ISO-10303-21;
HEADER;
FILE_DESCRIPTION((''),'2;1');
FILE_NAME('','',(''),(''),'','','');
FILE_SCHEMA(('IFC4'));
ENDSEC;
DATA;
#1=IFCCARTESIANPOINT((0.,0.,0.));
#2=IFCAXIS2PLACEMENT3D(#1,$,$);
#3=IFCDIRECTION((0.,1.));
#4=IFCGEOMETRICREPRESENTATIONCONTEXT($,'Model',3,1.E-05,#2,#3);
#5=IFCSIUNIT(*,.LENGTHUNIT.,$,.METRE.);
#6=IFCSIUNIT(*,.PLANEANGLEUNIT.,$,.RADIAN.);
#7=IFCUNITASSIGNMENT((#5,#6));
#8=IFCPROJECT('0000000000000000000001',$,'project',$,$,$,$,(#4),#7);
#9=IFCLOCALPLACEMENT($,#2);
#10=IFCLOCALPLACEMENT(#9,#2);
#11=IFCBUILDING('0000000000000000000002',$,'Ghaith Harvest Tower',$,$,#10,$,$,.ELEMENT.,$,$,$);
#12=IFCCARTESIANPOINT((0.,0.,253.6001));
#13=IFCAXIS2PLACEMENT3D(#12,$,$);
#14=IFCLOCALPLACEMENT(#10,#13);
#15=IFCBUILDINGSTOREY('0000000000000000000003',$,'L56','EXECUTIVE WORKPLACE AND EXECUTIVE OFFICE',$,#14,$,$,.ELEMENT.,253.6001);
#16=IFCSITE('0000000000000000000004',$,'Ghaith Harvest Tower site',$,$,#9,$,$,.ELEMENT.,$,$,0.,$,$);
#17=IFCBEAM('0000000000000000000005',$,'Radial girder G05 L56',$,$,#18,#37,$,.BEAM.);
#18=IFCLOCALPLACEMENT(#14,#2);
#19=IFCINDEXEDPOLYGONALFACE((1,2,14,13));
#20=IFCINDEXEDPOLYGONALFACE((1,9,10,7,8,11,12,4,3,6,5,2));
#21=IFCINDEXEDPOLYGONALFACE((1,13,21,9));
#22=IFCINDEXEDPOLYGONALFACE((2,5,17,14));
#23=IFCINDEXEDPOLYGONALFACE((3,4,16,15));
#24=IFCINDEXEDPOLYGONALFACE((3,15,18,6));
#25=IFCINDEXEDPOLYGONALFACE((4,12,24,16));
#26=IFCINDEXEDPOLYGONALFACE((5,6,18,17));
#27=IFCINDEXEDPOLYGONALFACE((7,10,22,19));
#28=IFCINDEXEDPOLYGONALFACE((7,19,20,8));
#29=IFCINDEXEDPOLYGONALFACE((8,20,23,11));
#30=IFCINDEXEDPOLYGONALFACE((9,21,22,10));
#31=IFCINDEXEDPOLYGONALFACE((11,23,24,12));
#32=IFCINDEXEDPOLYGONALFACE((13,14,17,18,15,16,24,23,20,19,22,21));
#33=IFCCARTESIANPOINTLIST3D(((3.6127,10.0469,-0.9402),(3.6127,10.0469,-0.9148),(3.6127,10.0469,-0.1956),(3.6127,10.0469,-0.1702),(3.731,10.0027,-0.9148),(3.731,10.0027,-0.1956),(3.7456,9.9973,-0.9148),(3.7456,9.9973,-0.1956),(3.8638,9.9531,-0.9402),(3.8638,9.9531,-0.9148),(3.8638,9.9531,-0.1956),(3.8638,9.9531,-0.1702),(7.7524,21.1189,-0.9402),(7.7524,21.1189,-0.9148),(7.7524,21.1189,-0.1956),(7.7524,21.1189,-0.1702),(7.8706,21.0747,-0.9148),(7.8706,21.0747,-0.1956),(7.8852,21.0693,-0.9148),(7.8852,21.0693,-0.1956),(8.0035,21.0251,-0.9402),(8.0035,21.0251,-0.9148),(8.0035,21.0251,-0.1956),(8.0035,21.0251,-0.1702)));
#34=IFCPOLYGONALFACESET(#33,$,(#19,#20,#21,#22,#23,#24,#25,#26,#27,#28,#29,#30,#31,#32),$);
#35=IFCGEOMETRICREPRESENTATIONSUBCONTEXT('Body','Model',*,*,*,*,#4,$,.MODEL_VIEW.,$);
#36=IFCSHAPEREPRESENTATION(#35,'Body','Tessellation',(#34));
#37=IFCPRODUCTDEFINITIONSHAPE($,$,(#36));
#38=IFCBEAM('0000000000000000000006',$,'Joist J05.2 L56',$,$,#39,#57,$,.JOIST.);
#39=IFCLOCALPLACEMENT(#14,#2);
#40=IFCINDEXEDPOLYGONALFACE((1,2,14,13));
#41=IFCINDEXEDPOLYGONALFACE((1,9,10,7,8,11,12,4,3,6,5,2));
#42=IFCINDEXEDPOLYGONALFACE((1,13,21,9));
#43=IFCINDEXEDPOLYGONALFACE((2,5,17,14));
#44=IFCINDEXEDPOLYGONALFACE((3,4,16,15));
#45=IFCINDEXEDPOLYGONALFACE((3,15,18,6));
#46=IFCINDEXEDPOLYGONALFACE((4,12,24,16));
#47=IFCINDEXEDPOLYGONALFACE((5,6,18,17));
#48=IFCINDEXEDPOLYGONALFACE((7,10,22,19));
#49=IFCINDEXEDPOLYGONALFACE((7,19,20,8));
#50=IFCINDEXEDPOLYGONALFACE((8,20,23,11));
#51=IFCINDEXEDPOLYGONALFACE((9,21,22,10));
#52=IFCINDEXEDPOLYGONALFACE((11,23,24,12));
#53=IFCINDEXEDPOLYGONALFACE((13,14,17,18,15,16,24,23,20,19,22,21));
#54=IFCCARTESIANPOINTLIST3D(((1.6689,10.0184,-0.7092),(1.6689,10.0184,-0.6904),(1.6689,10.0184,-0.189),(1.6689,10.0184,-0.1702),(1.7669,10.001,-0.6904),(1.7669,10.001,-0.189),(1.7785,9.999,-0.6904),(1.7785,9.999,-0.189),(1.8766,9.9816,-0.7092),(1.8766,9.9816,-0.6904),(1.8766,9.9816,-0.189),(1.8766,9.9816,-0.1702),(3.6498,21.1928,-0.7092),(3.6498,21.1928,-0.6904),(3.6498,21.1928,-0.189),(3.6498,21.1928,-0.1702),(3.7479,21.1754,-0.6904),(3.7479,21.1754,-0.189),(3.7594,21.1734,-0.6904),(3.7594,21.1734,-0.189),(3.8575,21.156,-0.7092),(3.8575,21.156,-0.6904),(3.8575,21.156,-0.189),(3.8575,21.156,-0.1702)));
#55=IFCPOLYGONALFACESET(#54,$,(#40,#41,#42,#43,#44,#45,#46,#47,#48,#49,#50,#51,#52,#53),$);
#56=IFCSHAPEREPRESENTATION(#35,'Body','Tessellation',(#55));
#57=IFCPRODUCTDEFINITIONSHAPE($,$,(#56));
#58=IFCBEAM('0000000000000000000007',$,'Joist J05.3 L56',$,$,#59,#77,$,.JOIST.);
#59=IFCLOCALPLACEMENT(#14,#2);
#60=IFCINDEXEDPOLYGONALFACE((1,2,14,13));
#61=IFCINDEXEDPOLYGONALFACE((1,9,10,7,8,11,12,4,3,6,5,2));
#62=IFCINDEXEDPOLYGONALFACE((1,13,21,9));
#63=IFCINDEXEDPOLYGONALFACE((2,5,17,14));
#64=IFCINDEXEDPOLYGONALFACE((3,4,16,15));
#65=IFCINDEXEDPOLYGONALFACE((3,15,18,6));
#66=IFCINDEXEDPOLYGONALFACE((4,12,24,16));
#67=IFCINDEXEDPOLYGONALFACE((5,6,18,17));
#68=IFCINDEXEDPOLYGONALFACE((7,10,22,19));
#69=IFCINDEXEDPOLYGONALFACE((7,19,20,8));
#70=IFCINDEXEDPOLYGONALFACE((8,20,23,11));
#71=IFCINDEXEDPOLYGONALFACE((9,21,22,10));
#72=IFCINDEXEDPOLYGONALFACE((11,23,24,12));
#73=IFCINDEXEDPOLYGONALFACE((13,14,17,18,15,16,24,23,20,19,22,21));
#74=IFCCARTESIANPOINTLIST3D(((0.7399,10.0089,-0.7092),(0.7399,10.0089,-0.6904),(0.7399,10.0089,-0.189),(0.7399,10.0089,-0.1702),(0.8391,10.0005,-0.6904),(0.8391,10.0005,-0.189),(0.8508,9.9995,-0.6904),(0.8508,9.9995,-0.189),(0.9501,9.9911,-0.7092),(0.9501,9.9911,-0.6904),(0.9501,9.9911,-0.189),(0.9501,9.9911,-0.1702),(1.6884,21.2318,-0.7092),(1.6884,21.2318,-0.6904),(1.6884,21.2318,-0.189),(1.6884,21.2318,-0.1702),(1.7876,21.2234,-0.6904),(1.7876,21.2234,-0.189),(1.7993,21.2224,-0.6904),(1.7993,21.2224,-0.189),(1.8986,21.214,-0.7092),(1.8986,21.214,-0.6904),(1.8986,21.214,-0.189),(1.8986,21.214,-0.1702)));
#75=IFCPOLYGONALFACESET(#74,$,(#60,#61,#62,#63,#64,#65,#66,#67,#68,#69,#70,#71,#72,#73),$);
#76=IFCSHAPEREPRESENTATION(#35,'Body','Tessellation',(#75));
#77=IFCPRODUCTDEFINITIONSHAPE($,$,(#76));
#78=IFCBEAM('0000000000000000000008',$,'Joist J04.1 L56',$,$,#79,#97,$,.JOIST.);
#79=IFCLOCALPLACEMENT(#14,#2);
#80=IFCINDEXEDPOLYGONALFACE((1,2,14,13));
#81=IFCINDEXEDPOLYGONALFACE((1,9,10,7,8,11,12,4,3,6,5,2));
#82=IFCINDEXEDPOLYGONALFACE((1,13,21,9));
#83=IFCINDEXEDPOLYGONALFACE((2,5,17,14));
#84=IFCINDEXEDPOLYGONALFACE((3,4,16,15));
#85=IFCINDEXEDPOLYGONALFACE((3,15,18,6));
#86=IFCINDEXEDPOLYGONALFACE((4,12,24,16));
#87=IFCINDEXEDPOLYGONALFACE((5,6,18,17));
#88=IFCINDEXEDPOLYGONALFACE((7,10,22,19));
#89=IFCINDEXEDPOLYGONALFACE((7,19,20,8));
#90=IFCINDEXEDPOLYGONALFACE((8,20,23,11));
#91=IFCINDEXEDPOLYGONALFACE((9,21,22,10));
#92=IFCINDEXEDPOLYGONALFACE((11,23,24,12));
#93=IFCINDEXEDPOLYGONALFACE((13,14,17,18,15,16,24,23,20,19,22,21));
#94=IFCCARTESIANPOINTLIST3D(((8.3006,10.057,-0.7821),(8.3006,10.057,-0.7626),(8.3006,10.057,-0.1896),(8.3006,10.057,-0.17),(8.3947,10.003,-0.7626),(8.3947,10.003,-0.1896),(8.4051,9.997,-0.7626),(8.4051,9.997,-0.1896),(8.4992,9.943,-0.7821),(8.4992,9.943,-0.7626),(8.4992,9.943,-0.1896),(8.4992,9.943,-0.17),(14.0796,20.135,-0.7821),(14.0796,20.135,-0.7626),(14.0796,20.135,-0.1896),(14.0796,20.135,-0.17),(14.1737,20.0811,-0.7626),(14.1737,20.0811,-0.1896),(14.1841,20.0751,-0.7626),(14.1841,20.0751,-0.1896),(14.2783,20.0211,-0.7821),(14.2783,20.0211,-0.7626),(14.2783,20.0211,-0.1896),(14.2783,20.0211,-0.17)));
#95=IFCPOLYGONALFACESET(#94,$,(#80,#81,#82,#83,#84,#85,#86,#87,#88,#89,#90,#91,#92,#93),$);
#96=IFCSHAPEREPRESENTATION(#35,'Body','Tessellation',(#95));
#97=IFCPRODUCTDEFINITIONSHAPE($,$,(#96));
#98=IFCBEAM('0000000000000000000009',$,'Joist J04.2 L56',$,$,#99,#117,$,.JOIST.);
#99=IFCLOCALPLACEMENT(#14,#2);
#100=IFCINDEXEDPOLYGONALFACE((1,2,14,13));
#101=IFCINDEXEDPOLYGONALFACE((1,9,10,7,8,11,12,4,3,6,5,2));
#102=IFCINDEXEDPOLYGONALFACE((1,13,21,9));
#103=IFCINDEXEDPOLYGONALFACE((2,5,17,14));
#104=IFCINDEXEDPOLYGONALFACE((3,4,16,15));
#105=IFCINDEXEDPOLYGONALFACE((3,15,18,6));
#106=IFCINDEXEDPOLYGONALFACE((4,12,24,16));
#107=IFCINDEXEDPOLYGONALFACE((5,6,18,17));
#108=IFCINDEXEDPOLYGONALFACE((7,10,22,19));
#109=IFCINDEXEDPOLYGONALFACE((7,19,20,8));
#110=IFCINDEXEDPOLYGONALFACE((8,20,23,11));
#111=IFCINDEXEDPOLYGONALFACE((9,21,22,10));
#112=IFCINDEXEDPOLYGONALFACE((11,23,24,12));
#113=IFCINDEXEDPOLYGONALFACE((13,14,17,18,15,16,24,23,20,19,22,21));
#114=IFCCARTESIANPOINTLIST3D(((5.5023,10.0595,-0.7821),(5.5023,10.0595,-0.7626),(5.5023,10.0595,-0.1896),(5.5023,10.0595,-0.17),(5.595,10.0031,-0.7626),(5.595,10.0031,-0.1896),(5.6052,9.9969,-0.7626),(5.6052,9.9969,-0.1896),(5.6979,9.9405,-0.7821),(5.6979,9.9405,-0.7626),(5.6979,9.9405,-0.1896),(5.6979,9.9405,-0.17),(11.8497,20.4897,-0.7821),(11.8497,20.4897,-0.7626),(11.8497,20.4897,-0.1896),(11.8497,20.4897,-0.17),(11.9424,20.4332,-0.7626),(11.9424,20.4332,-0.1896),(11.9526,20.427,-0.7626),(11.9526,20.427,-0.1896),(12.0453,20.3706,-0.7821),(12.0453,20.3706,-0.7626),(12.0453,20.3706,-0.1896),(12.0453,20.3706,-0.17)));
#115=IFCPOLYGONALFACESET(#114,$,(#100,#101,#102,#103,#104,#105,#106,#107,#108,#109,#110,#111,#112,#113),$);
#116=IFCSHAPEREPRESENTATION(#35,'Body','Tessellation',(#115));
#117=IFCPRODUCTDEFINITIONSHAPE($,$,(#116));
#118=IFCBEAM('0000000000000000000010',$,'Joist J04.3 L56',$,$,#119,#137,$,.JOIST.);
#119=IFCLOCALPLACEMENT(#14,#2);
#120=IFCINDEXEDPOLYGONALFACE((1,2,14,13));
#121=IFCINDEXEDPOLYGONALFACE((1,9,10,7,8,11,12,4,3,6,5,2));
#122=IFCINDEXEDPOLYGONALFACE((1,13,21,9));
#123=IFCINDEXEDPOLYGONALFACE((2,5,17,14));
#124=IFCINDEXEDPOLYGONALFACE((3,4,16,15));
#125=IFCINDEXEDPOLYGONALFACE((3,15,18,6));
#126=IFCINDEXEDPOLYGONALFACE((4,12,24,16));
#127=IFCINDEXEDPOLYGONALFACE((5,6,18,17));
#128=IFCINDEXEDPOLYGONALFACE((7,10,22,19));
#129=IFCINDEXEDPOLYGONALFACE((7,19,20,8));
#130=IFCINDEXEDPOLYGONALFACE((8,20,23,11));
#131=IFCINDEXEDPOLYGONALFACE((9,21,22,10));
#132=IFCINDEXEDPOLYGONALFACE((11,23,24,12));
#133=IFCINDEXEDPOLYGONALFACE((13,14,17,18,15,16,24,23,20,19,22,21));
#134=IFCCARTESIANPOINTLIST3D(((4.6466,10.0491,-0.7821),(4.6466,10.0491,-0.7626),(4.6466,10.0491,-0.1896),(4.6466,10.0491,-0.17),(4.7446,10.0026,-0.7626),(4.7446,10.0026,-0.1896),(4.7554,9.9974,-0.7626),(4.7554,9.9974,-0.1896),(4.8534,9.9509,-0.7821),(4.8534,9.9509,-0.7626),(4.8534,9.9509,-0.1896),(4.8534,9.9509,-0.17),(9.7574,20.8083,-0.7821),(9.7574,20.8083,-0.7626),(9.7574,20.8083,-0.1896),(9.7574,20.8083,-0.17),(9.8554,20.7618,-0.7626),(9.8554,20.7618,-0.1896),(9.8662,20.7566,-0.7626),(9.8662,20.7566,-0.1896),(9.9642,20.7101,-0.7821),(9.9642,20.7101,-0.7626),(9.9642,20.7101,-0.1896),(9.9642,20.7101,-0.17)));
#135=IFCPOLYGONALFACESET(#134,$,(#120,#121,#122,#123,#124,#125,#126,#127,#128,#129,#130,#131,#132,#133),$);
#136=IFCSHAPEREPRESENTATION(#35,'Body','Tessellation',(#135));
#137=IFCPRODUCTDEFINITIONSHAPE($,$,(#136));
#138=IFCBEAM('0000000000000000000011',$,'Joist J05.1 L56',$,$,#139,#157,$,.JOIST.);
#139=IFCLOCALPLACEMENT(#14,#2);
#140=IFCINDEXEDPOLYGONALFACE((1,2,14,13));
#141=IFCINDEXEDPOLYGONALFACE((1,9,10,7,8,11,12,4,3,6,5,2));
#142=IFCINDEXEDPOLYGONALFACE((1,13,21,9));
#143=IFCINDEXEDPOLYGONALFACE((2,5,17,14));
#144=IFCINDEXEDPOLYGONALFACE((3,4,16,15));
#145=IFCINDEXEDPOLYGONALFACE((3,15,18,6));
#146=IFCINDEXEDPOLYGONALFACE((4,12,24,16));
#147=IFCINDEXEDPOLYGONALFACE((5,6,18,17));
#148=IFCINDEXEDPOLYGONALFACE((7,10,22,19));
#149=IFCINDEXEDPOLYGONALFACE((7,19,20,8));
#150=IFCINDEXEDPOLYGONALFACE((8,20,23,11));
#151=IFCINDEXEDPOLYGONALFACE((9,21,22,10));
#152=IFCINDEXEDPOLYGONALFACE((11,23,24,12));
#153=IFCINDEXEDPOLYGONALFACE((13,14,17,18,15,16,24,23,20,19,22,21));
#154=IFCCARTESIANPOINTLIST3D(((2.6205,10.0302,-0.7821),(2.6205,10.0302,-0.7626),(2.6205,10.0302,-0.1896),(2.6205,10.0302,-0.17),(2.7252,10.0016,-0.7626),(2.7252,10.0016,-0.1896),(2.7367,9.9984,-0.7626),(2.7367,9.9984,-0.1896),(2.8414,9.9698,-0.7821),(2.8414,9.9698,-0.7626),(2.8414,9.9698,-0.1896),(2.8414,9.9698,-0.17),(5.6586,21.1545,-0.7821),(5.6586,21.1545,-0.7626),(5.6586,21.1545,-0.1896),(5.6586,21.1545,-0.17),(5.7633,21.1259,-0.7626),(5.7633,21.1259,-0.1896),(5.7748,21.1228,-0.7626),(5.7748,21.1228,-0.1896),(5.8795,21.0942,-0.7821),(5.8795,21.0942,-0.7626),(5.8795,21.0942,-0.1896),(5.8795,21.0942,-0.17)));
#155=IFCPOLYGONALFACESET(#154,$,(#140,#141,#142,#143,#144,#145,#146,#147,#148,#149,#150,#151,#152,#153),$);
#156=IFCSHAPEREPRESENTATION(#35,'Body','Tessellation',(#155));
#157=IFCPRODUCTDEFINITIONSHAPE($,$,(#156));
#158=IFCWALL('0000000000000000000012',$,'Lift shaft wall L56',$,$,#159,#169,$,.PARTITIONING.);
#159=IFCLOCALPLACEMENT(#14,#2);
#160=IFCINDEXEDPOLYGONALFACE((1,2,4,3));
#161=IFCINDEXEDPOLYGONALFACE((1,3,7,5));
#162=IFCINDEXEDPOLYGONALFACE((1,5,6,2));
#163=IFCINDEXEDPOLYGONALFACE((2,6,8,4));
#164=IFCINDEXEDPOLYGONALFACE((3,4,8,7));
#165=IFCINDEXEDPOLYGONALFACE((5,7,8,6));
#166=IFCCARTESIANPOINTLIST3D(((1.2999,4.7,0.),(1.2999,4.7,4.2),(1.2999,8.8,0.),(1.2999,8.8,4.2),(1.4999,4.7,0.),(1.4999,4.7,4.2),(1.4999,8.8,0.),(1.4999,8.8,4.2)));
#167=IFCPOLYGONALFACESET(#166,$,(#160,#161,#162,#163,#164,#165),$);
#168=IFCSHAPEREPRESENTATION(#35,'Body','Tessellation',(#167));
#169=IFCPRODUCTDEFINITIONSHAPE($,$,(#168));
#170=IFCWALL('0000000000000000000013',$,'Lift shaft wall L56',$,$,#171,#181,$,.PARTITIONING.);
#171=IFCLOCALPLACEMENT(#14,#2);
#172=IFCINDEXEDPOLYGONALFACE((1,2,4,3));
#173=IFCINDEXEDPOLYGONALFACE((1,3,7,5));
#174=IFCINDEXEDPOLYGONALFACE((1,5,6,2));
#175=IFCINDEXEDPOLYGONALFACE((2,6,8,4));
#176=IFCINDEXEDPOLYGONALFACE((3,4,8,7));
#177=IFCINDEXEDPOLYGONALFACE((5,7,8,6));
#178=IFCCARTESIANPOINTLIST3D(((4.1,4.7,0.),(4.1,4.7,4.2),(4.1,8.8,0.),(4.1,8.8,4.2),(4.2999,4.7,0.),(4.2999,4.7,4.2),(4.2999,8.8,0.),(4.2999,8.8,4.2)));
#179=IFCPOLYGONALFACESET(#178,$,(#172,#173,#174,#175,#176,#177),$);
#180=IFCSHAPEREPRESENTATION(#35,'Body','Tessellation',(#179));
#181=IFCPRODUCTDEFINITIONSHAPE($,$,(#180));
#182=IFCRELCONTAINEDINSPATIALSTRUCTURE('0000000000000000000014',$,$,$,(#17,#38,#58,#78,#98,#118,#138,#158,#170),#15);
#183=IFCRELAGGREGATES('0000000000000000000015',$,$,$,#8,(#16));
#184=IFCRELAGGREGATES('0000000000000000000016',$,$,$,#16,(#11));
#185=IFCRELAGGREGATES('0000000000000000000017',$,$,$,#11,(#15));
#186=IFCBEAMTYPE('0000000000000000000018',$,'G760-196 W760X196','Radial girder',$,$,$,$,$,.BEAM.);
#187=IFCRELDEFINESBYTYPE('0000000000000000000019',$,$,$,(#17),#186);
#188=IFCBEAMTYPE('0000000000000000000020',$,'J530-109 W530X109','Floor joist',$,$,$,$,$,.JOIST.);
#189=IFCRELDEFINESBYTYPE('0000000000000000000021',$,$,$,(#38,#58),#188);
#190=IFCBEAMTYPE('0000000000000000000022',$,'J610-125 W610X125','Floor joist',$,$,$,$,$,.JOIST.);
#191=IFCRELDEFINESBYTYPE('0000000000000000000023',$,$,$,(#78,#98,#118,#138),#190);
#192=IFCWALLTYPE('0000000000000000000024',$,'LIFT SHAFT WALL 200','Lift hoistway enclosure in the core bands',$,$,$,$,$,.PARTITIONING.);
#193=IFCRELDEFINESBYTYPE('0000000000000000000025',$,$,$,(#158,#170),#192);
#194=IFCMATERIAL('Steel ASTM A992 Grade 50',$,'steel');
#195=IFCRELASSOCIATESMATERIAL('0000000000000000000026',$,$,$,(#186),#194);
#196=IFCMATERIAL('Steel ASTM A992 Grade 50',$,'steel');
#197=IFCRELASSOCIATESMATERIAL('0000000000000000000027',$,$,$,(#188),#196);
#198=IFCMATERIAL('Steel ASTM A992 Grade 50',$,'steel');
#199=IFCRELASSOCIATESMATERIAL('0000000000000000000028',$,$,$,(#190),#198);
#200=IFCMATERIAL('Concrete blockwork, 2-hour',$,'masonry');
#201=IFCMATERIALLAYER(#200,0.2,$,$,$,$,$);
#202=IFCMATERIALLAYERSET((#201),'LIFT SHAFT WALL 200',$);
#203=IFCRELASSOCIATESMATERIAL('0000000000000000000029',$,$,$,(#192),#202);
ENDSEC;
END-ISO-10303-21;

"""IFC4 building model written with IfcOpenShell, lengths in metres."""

from ifc_helpers import new_model, si_unit, direction, frame, frame_2d, origin, origin_2d, place, context, subcontext, project, spatial, rectangle, i_section, extrude, material, layer, layer_set, material_profile, profile_set, type_object, element, save


model = new_model("IFC4")

# Units and contexts
model_context = context("Model", 3, precision=1e-05, world=origin(), true_north=direction((0.0, 1.0)))
body_context = subcontext(model_context, "Body", "Model", "MODEL_VIEW")
ifc_project = project(units=[si_unit("LENGTHUNIT", "METRE"), si_unit("PLANEANGLEUNIT", "RADIAN")], contexts=[model_context])

# Site, building, storey
site_placement = place(None, origin())
site = spatial("IfcSite", under=ifc_project, at=site_placement, Name="Ghaith Harvest Tower site", CompositionType="ELEMENT", RefElevation=0.0)
building_placement = place(site_placement, origin())
building = spatial("IfcBuilding", under=site, at=building_placement, Name="Ghaith Harvest Tower", CompositionType="ELEMENT")
storey_placement = place(building_placement, frame((0.0, 0.0, 253.6001)))
storey = spatial("IfcBuildingStorey", under=building, at=storey_placement, Name="L56", Description="EXECUTIVE WORKPLACE AND EXECUTIVE OFFICE", CompositionType="ELEMENT", Elevation=253.6001)

# Beams
ifc_material_1 = material(Name="Steel ASTM A992 Grade 50", Category="steel")
ifc_material_profile_1 = material_profile(ifc_material_1, i_section(OverallWidth=0.2681, OverallDepth=0.77, WebThickness=0.0156, FlangeThickness=0.0254, at=origin_2d()), Name="W760X196")
ifc_profile_set_1 = profile_set([ifc_material_profile_1], Name="Steel ASTM A992 Grade 50")
beam_type_1 = type_object("IfcBeamType", Name="G760-196 W760X196", Description="Radial girder", PredefinedType="BEAM", material=ifc_profile_set_1)
beam_1_placement = place(storey_placement, frame((3.7383, 10.0, -0.5552), z_axis=(0.350207, 0.936672, 0.0), x_axis=(-0.936672, 0.350207, 0.0)))
element("IfcBeam", 1, at=beam_1_placement, inside=storey, type_object=beam_type_1, Name="Radial girder G05 L56", PredefinedType="BEAM", context=body_context, shape_type="SweptSolid", body=[
    extrude(i_section(OverallWidth=0.2681, OverallDepth=0.77, WebThickness=0.0156, FlangeThickness=0.0254, at=origin_2d()), origin(), (0.0, 0.0, 1.0), 11.8206),
])
ifc_material_2 = material(Name="Steel ASTM A992 Grade 50", Category="steel")
ifc_material_profile_2 = material_profile(ifc_material_2, i_section(OverallWidth=0.2109, OverallDepth=0.5391, WebThickness=0.0117, FlangeThickness=0.0188, at=origin_2d()), Name="W530X109")
ifc_profile_set_2 = profile_set([ifc_material_profile_2], Name="Steel ASTM A992 Grade 50")
beam_type_2 = type_object("IfcBeamType", Name="J530-109 W530X109", Description="Floor joist", PredefinedType="JOIST", material=ifc_profile_set_2)
beam_2_placement = place(storey_placement, frame((1.7727, 10.0, -0.4397), z_axis=(0.174556, 0.984647, 0.0), x_axis=(-0.984647, 0.174556, 0.0)))
element("IfcBeam", 2, at=beam_2_placement, inside=storey, type_object=beam_type_2, Name="Joist J05.2 L56", PredefinedType="JOIST", context=body_context, shape_type="SweptSolid", body=[
    extrude(i_section(OverallWidth=0.2109, OverallDepth=0.5391, WebThickness=0.0117, FlangeThickness=0.0188, at=origin_2d()), origin(), (0.0, 0.0, 1.0), 11.3486),
])
beam_3_placement = place(storey_placement, frame((0.845, 10.0, -0.4397), z_axis=(0.084213, 0.996448, 0.0), x_axis=(-0.996448, 0.084213, 0.0)))
element("IfcBeam", 3, at=beam_3_placement, inside=storey, type_object=beam_type_2, Name="Joist J05.3 L56", PredefinedType="JOIST", context=body_context, shape_type="SweptSolid", body=[
    extrude(i_section(OverallWidth=0.2109, OverallDepth=0.5391, WebThickness=0.0117, FlangeThickness=0.0188, at=origin_2d()), origin(), (0.0, 0.0, 1.0), 11.2629),
])
ifc_material_3 = material(Name="Steel ASTM A992 Grade 50", Category="steel")
ifc_material_profile_3 = material_profile(ifc_material_3, i_section(OverallWidth=0.229, OverallDepth=0.6121, WebThickness=0.012, FlangeThickness=0.0195, at=origin_2d()), Name="W610X125")
ifc_profile_set_3 = profile_set([ifc_material_profile_3], Name="Steel ASTM A992 Grade 50")
beam_type_3 = type_object("IfcBeamType", Name="J610-125 W610X125", Description="Floor joist", PredefinedType="JOIST", material=ifc_profile_set_3)
beam_4_placement = place(storey_placement, frame((8.3999, 10.0, -0.4761), z_axis=(0.497444, 0.867496, 0.0), x_axis=(-0.867496, 0.497444, 0.0)))
element("IfcBeam", 4, at=beam_4_placement, inside=storey, type_object=beam_type_3, Name="Joist J04.1 L56", PredefinedType="JOIST", context=body_context, shape_type="SweptSolid", body=[
    extrude(i_section(OverallWidth=0.229, OverallDepth=0.6121, WebThickness=0.012, FlangeThickness=0.0195, at=origin_2d()), origin(), (0.0, 0.0, 1.0), 11.6174),
])
beam_5_placement = place(storey_placement, frame((5.6001, 10.0, -0.4761), z_axis=(0.519864, 0.854249, 0.0), x_axis=(-0.854249, 0.519864, 0.0)))
element("IfcBeam", 5, at=beam_5_placement, inside=storey, type_object=beam_type_3, Name="Joist J04.2 L56", PredefinedType="JOIST", context=body_context, shape_type="SweptSolid", body=[
    extrude(i_section(OverallWidth=0.229, OverallDepth=0.6121, WebThickness=0.012, FlangeThickness=0.0195, at=origin_2d()), origin(), (0.0, 0.0, 1.0), 12.2097),
])
beam_6_placement = place(storey_placement, frame((4.75, 10.0, -0.4761), z_axis=(0.429069, 0.903272, 0.0), x_axis=(-0.903272, 0.429069, 0.0)))
element("IfcBeam", 6, at=beam_6_placement, inside=storey, type_object=beam_type_3, Name="Joist J04.3 L56", PredefinedType="JOIST", context=body_context, shape_type="SweptSolid", body=[
    extrude(i_section(OverallWidth=0.229, OverallDepth=0.6121, WebThickness=0.012, FlangeThickness=0.0195, at=origin_2d()), origin(), (0.0, 0.0, 1.0), 11.9114),
])
beam_7_placement = place(storey_placement, frame((2.731, 10.0, -0.4761), z_axis=(0.263456, 0.964671, 0.0), x_axis=(-0.964671, 0.263456, 0.0)))
element("IfcBeam", 7, at=beam_7_placement, inside=storey, type_object=beam_type_3, Name="Joist J05.1 L56", PredefinedType="JOIST", context=body_context, shape_type="SweptSolid", body=[
    extrude(i_section(OverallWidth=0.229, OverallDepth=0.6121, WebThickness=0.012, FlangeThickness=0.0195, at=origin_2d()), origin(), (0.0, 0.0, 1.0), 11.5317),
])

# Walls
ifc_material_4 = material(Name="Concrete blockwork, 2-hour", Category="masonry")
ifc_layer_1 = layer(ifc_material_4, 0.2)
ifc_layer_set_1 = layer_set([ifc_layer_1], Name="LIFT SHAFT WALL 200")
wall_type_1 = type_object("IfcWallType", Name="LIFT SHAFT WALL 200", Description="Lift hoistway enclosure in the core bands", PredefinedType="PARTITIONING", material=ifc_layer_set_1)
for number, where, z_axis, x_axis, name in (
    (8, (1.3999, 4.7, 0.0), (0.0, 0.0, 1.0), (0.0, 1.0, 0.0), "Lift shaft wall L56"),
    (9, (4.2, 4.7, 0.0), (0.0, 0.0, 1.0), (0.0, 1.0, 0.0), "Lift shaft wall L56"),
):
    element("IfcWall", number, at=place(storey_placement, frame(where, z_axis=z_axis, x_axis=x_axis)), inside=storey, type_object=wall_type_1, Name=name, PredefinedType="PARTITIONING", context=body_context, shape_type="SweptSolid", body=[
        extrude(rectangle(XDim=4.1001, YDim=0.2, at=frame_2d((2.05, 0.0))), origin(), (0.0, 0.0, 1.0), 4.2),
    ])

save(model, "model.ifc")
